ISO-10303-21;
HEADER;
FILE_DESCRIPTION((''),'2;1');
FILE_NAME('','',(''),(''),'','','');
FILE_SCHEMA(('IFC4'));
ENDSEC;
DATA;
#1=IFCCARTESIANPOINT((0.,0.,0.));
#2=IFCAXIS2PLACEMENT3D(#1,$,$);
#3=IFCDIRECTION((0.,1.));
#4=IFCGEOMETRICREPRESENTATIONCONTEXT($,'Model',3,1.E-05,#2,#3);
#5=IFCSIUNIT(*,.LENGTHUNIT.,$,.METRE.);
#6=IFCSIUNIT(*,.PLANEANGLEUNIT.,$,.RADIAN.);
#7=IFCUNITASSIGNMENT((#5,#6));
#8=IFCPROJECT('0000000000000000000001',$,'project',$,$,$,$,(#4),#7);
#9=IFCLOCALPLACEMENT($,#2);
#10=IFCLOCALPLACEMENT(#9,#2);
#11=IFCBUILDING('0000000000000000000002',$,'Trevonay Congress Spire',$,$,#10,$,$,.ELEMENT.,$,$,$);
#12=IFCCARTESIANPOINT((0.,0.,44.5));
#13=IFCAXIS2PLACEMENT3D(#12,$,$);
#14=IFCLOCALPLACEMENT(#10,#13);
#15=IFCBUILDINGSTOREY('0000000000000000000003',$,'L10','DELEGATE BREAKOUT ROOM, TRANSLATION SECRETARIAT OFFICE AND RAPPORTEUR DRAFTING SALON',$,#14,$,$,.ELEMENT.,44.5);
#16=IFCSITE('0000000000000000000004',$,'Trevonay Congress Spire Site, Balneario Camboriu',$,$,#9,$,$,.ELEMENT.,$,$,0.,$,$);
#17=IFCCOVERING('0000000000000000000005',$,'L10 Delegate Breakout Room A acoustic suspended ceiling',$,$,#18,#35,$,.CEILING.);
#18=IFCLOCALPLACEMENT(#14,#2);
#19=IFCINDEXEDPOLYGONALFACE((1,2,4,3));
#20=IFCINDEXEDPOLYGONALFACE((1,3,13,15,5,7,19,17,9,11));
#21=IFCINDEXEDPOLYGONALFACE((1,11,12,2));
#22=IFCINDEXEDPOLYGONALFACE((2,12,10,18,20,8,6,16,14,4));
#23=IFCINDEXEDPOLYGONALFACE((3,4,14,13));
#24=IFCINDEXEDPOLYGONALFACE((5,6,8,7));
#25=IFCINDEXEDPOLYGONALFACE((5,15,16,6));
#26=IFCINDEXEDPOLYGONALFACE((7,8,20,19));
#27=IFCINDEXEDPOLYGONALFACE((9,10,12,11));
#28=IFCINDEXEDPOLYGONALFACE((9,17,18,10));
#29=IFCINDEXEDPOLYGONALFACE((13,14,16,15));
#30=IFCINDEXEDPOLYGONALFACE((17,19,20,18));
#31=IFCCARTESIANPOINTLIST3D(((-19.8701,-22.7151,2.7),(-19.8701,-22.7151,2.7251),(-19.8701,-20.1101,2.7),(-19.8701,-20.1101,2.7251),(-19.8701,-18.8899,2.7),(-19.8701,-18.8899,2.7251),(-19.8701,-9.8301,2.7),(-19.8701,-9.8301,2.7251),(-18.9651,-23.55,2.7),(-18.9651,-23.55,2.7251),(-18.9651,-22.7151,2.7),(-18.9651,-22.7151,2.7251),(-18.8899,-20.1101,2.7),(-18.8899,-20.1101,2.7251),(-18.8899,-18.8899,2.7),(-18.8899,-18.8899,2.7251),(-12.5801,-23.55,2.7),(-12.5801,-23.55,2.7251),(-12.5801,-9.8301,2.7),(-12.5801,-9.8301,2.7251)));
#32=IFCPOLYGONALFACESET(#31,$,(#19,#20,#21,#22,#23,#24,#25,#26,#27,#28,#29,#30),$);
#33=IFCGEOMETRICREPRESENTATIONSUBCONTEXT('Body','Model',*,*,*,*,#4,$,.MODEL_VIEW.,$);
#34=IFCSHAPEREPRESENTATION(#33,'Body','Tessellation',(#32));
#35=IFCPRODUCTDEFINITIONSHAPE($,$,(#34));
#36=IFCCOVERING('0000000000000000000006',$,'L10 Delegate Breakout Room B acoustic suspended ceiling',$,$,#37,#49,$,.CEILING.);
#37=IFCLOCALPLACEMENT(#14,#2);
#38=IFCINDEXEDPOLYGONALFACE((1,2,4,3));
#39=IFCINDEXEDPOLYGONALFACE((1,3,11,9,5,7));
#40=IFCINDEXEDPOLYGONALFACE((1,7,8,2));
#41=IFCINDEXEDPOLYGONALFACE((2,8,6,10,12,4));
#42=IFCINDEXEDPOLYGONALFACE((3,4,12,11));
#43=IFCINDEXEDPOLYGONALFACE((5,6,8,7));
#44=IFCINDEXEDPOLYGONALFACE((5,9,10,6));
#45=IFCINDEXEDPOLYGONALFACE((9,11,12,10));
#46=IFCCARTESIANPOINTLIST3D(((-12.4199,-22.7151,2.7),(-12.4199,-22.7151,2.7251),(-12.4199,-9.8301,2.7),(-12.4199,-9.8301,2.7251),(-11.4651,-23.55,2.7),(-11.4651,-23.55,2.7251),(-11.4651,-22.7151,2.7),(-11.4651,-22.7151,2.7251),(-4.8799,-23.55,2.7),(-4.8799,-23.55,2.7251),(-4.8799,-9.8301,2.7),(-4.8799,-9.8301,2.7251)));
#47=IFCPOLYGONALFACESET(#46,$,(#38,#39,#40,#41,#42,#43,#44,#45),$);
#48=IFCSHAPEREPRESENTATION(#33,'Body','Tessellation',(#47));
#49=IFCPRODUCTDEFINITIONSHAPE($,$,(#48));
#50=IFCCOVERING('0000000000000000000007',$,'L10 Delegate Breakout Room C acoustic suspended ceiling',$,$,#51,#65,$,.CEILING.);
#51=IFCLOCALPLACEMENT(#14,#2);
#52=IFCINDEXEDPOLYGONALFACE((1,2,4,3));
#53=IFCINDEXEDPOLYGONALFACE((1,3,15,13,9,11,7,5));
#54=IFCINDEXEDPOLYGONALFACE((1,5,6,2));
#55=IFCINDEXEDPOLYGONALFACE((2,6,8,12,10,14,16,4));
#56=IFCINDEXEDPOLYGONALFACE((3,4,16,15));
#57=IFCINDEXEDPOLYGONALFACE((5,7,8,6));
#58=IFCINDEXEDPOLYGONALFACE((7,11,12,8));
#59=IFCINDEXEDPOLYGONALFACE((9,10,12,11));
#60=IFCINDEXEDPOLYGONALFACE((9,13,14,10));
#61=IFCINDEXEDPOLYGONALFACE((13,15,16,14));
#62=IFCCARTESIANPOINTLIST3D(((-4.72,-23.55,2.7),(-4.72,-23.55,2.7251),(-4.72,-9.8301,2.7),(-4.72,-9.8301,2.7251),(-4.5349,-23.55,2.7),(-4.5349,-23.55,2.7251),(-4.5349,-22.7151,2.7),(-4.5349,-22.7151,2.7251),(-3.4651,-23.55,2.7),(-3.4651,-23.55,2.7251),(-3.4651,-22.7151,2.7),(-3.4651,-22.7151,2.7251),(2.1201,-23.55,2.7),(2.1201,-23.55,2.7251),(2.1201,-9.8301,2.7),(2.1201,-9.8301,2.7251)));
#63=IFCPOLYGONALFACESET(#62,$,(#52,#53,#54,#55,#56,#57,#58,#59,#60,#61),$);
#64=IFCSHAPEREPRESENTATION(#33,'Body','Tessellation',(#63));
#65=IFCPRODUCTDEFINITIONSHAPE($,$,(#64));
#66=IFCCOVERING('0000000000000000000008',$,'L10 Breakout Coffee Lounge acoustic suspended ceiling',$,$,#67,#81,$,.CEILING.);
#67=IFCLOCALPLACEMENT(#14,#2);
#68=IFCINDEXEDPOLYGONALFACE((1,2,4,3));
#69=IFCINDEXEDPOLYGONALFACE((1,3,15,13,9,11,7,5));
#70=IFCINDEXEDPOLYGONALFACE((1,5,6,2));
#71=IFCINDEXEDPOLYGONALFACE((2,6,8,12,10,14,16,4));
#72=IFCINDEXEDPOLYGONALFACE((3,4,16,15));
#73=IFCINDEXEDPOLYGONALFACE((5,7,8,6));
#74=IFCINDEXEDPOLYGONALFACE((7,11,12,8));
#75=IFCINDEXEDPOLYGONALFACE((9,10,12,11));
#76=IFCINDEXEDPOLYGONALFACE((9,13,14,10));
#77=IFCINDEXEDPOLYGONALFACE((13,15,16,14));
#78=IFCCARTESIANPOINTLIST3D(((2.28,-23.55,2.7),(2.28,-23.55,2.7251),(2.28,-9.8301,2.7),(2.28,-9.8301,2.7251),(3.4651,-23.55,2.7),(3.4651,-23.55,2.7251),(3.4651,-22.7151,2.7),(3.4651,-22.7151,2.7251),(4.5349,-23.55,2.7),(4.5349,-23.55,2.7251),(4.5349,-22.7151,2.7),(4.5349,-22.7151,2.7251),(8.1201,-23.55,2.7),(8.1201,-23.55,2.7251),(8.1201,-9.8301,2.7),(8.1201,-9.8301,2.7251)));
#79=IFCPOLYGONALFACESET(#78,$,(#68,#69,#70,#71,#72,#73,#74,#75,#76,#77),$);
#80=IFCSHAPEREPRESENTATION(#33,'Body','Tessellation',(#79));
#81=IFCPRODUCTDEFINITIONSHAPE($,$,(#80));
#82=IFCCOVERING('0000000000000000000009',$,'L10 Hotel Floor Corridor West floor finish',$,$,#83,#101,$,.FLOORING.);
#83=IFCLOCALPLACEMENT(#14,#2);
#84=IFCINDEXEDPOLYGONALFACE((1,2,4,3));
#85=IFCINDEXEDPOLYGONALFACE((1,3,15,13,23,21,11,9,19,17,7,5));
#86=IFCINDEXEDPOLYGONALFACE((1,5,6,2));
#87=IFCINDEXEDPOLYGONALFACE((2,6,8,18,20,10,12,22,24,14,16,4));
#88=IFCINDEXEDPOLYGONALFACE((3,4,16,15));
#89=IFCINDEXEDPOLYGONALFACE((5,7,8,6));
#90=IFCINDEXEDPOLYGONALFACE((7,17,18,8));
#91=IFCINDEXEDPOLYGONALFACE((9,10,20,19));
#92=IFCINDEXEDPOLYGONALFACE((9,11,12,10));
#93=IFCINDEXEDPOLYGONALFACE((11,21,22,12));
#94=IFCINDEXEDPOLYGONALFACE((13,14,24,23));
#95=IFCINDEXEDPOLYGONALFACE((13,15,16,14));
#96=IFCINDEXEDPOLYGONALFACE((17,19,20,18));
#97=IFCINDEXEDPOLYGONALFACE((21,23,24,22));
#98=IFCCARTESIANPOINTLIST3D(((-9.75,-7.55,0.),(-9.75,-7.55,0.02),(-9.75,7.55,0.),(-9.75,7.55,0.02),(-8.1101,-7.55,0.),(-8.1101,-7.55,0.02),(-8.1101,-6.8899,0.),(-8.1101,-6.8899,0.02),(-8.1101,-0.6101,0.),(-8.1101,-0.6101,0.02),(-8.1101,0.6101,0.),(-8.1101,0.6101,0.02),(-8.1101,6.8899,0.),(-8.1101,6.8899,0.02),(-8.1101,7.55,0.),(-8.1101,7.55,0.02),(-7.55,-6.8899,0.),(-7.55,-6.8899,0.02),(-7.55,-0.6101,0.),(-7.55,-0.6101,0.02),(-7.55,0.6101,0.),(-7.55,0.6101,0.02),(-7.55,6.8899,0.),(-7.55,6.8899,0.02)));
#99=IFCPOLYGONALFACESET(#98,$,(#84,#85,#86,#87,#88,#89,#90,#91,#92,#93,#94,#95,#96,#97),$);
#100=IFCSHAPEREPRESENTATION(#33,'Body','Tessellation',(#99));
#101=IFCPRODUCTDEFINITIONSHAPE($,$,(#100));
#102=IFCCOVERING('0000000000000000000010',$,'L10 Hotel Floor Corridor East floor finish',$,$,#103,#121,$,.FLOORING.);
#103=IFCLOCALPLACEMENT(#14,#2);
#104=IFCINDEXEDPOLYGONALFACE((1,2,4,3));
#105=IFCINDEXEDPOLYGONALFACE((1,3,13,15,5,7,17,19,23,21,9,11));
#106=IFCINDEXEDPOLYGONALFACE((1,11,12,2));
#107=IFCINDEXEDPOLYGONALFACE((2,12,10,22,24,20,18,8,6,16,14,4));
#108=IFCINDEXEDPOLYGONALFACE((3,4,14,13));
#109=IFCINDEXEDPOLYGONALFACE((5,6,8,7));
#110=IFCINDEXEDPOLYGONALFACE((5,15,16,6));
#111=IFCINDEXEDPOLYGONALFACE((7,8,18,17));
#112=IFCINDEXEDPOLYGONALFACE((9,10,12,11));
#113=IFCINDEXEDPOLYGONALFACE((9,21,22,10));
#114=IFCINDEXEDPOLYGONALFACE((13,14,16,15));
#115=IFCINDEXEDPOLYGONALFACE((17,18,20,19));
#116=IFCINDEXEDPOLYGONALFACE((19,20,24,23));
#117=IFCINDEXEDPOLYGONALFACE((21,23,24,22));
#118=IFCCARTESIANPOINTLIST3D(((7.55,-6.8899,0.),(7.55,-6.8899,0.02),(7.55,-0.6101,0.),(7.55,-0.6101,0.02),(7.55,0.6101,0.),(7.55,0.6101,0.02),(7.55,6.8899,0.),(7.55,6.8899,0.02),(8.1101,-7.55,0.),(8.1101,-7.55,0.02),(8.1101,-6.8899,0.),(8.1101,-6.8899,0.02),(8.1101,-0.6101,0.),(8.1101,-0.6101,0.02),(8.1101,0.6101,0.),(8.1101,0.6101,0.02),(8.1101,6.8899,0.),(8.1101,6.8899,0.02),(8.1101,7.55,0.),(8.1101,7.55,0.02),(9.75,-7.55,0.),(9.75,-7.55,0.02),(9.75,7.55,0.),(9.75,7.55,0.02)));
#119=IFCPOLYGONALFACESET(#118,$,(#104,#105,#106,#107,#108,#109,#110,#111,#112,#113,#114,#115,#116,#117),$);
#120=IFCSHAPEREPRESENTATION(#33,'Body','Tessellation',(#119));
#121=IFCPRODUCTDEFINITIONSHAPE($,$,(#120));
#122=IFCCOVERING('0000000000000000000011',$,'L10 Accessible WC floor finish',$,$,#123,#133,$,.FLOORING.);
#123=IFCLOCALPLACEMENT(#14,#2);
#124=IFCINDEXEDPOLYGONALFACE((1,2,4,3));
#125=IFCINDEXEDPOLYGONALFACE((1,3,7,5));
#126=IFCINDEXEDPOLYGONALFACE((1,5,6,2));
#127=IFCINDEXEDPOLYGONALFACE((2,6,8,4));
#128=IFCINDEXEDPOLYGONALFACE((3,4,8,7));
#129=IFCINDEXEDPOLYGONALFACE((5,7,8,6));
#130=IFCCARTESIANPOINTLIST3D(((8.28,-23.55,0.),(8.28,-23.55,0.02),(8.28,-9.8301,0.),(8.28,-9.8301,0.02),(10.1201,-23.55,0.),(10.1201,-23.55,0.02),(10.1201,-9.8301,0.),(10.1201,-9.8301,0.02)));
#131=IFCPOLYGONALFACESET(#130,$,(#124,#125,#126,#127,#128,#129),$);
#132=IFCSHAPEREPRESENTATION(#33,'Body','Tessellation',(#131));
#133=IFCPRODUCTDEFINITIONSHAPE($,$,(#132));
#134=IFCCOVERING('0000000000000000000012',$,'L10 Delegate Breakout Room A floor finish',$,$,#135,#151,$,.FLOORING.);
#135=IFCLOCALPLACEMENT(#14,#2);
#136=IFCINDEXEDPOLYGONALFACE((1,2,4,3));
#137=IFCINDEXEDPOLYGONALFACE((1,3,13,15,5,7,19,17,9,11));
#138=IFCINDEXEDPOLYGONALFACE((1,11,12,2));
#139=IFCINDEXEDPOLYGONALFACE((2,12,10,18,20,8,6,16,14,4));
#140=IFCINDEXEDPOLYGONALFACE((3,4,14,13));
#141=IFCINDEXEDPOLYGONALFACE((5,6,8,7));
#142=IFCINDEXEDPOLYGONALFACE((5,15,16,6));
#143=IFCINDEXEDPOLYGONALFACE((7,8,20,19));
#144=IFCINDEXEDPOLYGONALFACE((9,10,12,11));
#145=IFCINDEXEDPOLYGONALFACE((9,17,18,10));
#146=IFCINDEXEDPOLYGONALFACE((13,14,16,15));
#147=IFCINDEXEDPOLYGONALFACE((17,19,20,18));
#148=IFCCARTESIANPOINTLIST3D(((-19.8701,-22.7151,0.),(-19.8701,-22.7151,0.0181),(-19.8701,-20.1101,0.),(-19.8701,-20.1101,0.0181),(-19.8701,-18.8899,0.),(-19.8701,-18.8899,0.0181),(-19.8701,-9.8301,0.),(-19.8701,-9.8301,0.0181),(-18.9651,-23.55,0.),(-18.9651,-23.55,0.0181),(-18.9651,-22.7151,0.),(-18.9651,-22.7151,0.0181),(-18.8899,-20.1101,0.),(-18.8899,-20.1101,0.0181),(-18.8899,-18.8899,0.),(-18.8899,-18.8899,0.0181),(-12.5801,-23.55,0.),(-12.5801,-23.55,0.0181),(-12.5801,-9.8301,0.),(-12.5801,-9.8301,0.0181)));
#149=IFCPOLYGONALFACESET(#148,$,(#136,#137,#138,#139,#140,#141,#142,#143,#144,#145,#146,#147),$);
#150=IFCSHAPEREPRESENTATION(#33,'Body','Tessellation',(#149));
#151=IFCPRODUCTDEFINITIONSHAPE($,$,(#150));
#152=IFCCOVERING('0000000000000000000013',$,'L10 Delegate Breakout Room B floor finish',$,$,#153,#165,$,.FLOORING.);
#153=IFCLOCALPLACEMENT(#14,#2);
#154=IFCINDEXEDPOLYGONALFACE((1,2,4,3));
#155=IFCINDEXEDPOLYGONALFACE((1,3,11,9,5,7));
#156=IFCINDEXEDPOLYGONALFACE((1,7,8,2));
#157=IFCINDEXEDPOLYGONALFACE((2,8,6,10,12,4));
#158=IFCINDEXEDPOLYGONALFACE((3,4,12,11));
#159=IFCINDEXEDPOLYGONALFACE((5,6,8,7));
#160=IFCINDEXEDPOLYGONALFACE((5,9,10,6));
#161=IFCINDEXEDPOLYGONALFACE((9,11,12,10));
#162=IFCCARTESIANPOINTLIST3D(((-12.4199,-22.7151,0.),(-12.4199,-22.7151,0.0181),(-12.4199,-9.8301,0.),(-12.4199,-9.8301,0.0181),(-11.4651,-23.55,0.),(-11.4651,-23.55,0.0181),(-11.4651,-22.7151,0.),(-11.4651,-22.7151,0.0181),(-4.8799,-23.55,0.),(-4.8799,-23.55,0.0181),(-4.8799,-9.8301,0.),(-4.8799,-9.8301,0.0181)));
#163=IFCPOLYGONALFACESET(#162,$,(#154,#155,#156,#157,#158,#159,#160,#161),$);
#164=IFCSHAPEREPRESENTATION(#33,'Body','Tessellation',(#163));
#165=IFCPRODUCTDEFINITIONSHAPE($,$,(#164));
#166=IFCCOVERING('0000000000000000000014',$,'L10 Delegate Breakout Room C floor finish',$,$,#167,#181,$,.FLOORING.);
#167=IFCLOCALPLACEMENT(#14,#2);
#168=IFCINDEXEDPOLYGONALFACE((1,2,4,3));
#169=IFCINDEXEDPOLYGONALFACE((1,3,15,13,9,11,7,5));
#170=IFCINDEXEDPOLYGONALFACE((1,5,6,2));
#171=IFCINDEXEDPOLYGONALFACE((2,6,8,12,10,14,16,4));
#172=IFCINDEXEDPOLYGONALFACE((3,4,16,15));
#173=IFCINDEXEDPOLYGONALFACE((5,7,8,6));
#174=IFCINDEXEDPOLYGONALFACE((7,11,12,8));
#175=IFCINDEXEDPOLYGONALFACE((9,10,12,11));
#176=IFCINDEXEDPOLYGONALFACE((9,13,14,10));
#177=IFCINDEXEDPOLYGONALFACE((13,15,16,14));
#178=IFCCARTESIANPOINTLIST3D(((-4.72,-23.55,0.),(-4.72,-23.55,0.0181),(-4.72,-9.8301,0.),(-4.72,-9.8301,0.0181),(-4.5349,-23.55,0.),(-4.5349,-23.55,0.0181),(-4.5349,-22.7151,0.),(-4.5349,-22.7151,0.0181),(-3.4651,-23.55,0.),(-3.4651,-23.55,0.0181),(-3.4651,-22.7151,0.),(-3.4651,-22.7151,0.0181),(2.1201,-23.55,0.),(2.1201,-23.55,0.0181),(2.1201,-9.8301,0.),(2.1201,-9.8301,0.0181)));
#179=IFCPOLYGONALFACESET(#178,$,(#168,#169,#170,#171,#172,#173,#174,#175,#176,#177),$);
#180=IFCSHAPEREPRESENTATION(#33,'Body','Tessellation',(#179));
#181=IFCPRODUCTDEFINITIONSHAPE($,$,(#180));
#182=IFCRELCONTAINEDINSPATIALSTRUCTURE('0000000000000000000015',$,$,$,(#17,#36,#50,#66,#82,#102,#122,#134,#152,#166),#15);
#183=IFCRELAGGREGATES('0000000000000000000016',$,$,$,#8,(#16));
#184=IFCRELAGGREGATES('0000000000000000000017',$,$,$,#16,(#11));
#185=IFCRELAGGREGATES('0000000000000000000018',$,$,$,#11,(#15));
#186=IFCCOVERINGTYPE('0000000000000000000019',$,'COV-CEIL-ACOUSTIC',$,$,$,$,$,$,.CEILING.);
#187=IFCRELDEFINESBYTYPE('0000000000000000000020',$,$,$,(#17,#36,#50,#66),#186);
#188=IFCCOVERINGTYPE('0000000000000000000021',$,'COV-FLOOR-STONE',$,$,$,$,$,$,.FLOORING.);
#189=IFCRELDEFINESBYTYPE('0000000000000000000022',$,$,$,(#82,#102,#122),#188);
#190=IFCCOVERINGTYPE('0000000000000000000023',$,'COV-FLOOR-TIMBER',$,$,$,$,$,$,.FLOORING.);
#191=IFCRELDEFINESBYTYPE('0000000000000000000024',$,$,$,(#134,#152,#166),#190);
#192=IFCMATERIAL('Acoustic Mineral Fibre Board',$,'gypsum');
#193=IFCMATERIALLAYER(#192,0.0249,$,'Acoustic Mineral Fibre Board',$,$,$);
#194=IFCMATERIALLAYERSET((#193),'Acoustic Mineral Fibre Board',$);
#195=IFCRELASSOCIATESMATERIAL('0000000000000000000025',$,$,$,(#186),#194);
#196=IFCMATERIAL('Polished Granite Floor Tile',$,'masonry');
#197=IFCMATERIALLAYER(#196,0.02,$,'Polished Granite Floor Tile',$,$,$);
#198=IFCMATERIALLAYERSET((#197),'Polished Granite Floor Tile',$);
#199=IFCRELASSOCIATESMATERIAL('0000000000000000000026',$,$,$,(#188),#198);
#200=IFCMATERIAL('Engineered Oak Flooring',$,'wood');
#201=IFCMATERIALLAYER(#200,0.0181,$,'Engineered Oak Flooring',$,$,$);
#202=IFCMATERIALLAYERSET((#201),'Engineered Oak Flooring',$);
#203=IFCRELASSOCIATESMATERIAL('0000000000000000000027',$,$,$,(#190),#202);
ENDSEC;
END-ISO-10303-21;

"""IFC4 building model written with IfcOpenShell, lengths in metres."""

from ifc_helpers import new_model, si_unit, direction, frame, origin, place, context, subcontext, project, spatial, polyline, outline, extrude, material, layer, layer_set, type_object, element, save


model = new_model("IFC4")

# Units and contexts
model_context = context("Model", 3, precision=1e-05, world=origin(), true_north=direction((0.0, 1.0)))
body_context = subcontext(model_context, "Body", "Model", "MODEL_VIEW")
ifc_project = project(units=[si_unit("LENGTHUNIT", "METRE"), si_unit("PLANEANGLEUNIT", "RADIAN")], contexts=[model_context])

# Site, building, storey
site_placement = place(None, origin())
site = spatial("IfcSite", under=ifc_project, at=site_placement, Name="Trevonay Congress Spire Site, Balneario Camboriu", CompositionType="ELEMENT", RefElevation=0.0)
building_placement = place(site_placement, origin())
building = spatial("IfcBuilding", under=site, at=building_placement, Name="Trevonay Congress Spire", CompositionType="ELEMENT")
storey_placement = place(building_placement, frame((0.0, 0.0, 44.5)))
storey = spatial("IfcBuildingStorey", under=building, at=storey_placement, Name="L10", Description="DELEGATE BREAKOUT ROOM, TRANSLATION SECRETARIAT OFFICE AND RAPPORTEUR DRAFTING SALON", CompositionType="ELEMENT", Elevation=44.5)

# Coverings
ifc_material_1 = material(Name="Acoustic Mineral Fibre Board", Category="gypsum")
ifc_layer_1 = layer(ifc_material_1, 0.0249, Name="Acoustic Mineral Fibre Board")
ifc_layer_set_1 = layer_set([ifc_layer_1], Name="Acoustic Mineral Fibre Board")
covering_type_1 = type_object("IfcCoveringType", Name="COV-CEIL-ACOUSTIC", PredefinedType="CEILING", material=ifc_layer_set_1)
covering_1_placement = place(storey_placement, frame((0.0, 0.0, 2.7)))
element("IfcCovering", 1, at=covering_1_placement, inside=storey, type_object=covering_type_1, Name="L10 Delegate Breakout Room A acoustic suspended ceiling", PredefinedType="CEILING", context=body_context, shape_type="SweptSolid", body=[
    extrude(outline(polyline([(-19.8701, -9.8301), (-12.5801, -9.8301), (-12.5801, -23.55), (-18.9651, -23.55), (-18.9651, -22.7151), (-19.8701, -22.7151), (-19.8701, -20.1101), (-18.8899, -20.1101), (-18.8899, -18.8899), (-19.8701, -18.8899), (-19.8701, -9.8301)])), origin(), (0.0, 0.0, 1.0), 0.0251),
])
covering_2_placement = place(storey_placement, frame((0.0, 0.0, 2.7)))
element("IfcCovering", 2, at=covering_2_placement, inside=storey, type_object=covering_type_1, Name="L10 Delegate Breakout Room B acoustic suspended ceiling", PredefinedType="CEILING", context=body_context, shape_type="SweptSolid", body=[
    extrude(outline(polyline([(-12.4199, -9.8301), (-4.8799, -9.8301), (-4.8799, -23.55), (-11.4651, -23.55), (-11.4651, -22.7151), (-12.4199, -22.7151), (-12.4199, -9.8301)])), origin(), (0.0, 0.0, 1.0), 0.0251),
])
covering_3_placement = place(storey_placement, frame((0.0, 0.0, 2.7)))
element("IfcCovering", 3, at=covering_3_placement, inside=storey, type_object=covering_type_1, Name="L10 Delegate Breakout Room C acoustic suspended ceiling", PredefinedType="CEILING", context=body_context, shape_type="SweptSolid", body=[
    extrude(outline(polyline([(-4.72, -23.55), (-4.72, -9.8301), (2.1201, -9.8301), (2.1201, -23.55), (-3.4651, -23.55), (-3.4651, -22.7151), (-4.5349, -22.7151), (-4.5349, -23.55), (-4.72, -23.55)])), origin(), (0.0, 0.0, 1.0), 0.0251),
])
covering_4_placement = place(storey_placement, frame((0.0, 0.0, 2.7)))
element("IfcCovering", 4, at=covering_4_placement, inside=storey, type_object=covering_type_1, Name="L10 Breakout Coffee Lounge acoustic suspended ceiling", PredefinedType="CEILING", context=body_context, shape_type="SweptSolid", body=[
    extrude(outline(polyline([(2.28, -23.55), (2.28, -9.8301), (8.1201, -9.8301), (8.1201, -23.55), (4.5349, -23.55), (4.5349, -22.7151), (3.4651, -22.7151), (3.4651, -23.55), (2.28, -23.55)])), origin(), (0.0, 0.0, 1.0), 0.0251),
])
ifc_material_2 = material(Name="Polished Granite Floor Tile", Category="masonry")
ifc_layer_2 = layer(ifc_material_2, 0.02, Name="Polished Granite Floor Tile")
ifc_layer_set_2 = layer_set([ifc_layer_2], Name="Polished Granite Floor Tile")
covering_type_2 = type_object("IfcCoveringType", Name="COV-FLOOR-STONE", PredefinedType="FLOORING", material=ifc_layer_set_2)
covering_5_placement = place(storey_placement, origin())
element("IfcCovering", 5, at=covering_5_placement, inside=storey, type_object=covering_type_2, Name="L10 Hotel Floor Corridor West floor finish", PredefinedType="FLOORING", context=body_context, shape_type="SweptSolid", body=[
    extrude(outline(polyline([(-9.75, 7.55), (-8.1101, 7.55), (-8.1101, 6.8899), (-7.55, 6.8899), (-7.55, 0.6101), (-8.1101, 0.6101), (-8.1101, -0.6101), (-7.55, -0.6101), (-7.55, -6.8899), (-8.1101, -6.8899), (-8.1101, -7.55), (-9.75, -7.55), (-9.75, 7.55)])), origin(), (0.0, 0.0, 1.0), 0.02),
])
covering_6_placement = place(storey_placement, origin())
element("IfcCovering", 6, at=covering_6_placement, inside=storey, type_object=covering_type_2, Name="L10 Hotel Floor Corridor East floor finish", PredefinedType="FLOORING", context=body_context, shape_type="SweptSolid", body=[
    extrude(outline(polyline([(9.75, -7.55), (8.1101, -7.55), (8.1101, -6.8899), (7.55, -6.8899), (7.55, -0.6101), (8.1101, -0.6101), (8.1101, 0.6101), (7.55, 0.6101), (7.55, 6.8899), (8.1101, 6.8899), (8.1101, 7.55), (9.75, 7.55), (9.75, -7.55)])), origin(), (0.0, 0.0, 1.0), 0.02),
])
covering_7_placement = place(storey_placement, origin())
element("IfcCovering", 7, at=covering_7_placement, inside=storey, type_object=covering_type_2, Name="L10 Accessible WC floor finish", PredefinedType="FLOORING", context=body_context, shape_type="SweptSolid", body=[
    extrude(outline(polyline([(8.28, -23.55), (10.1201, -23.55), (10.1201, -9.8301), (8.28, -9.8301), (8.28, -23.55)])), origin(), (0.0, 0.0, 1.0), 0.02),
])
ifc_material_3 = material(Name="Engineered Oak Flooring", Category="wood")
ifc_layer_3 = layer(ifc_material_3, 0.0181, Name="Engineered Oak Flooring")
ifc_layer_set_3 = layer_set([ifc_layer_3], Name="Engineered Oak Flooring")
covering_type_3 = type_object("IfcCoveringType", Name="COV-FLOOR-TIMBER", PredefinedType="FLOORING", material=ifc_layer_set_3)
covering_8_placement = place(storey_placement, origin())
element("IfcCovering", 8, at=covering_8_placement, inside=storey, type_object=covering_type_3, Name="L10 Delegate Breakout Room A floor finish", PredefinedType="FLOORING", context=body_context, shape_type="SweptSolid", body=[
    extrude(outline(polyline([(-19.8701, -9.8301), (-12.5801, -9.8301), (-12.5801, -23.55), (-18.9651, -23.55), (-18.9651, -22.7151), (-19.8701, -22.7151), (-19.8701, -20.1101), (-18.8899, -20.1101), (-18.8899, -18.8899), (-19.8701, -18.8899), (-19.8701, -9.8301)])), origin(), (0.0, 0.0, 1.0), 0.0181),
])
covering_9_placement = place(storey_placement, origin())
element("IfcCovering", 9, at=covering_9_placement, inside=storey, type_object=covering_type_3, Name="L10 Delegate Breakout Room B floor finish", PredefinedType="FLOORING", context=body_context, shape_type="SweptSolid", body=[
    extrude(outline(polyline([(-12.4199, -9.8301), (-4.8799, -9.8301), (-4.8799, -23.55), (-11.4651, -23.55), (-11.4651, -22.7151), (-12.4199, -22.7151), (-12.4199, -9.8301)])), origin(), (0.0, 0.0, 1.0), 0.0181),
])
covering_10_placement = place(storey_placement, origin())
element("IfcCovering", 10, at=covering_10_placement, inside=storey, type_object=covering_type_3, Name="L10 Delegate Breakout Room C floor finish", PredefinedType="FLOORING", context=body_context, shape_type="SweptSolid", body=[
    extrude(outline(polyline([(-4.72, -23.55), (-4.72, -9.8301), (2.1201, -9.8301), (2.1201, -23.55), (-3.4651, -23.55), (-3.4651, -22.7151), (-4.5349, -22.7151), (-4.5349, -23.55), (-4.72, -23.55)])), origin(), (0.0, 0.0, 1.0), 0.0181),
])

save(model, "model.ifc")
